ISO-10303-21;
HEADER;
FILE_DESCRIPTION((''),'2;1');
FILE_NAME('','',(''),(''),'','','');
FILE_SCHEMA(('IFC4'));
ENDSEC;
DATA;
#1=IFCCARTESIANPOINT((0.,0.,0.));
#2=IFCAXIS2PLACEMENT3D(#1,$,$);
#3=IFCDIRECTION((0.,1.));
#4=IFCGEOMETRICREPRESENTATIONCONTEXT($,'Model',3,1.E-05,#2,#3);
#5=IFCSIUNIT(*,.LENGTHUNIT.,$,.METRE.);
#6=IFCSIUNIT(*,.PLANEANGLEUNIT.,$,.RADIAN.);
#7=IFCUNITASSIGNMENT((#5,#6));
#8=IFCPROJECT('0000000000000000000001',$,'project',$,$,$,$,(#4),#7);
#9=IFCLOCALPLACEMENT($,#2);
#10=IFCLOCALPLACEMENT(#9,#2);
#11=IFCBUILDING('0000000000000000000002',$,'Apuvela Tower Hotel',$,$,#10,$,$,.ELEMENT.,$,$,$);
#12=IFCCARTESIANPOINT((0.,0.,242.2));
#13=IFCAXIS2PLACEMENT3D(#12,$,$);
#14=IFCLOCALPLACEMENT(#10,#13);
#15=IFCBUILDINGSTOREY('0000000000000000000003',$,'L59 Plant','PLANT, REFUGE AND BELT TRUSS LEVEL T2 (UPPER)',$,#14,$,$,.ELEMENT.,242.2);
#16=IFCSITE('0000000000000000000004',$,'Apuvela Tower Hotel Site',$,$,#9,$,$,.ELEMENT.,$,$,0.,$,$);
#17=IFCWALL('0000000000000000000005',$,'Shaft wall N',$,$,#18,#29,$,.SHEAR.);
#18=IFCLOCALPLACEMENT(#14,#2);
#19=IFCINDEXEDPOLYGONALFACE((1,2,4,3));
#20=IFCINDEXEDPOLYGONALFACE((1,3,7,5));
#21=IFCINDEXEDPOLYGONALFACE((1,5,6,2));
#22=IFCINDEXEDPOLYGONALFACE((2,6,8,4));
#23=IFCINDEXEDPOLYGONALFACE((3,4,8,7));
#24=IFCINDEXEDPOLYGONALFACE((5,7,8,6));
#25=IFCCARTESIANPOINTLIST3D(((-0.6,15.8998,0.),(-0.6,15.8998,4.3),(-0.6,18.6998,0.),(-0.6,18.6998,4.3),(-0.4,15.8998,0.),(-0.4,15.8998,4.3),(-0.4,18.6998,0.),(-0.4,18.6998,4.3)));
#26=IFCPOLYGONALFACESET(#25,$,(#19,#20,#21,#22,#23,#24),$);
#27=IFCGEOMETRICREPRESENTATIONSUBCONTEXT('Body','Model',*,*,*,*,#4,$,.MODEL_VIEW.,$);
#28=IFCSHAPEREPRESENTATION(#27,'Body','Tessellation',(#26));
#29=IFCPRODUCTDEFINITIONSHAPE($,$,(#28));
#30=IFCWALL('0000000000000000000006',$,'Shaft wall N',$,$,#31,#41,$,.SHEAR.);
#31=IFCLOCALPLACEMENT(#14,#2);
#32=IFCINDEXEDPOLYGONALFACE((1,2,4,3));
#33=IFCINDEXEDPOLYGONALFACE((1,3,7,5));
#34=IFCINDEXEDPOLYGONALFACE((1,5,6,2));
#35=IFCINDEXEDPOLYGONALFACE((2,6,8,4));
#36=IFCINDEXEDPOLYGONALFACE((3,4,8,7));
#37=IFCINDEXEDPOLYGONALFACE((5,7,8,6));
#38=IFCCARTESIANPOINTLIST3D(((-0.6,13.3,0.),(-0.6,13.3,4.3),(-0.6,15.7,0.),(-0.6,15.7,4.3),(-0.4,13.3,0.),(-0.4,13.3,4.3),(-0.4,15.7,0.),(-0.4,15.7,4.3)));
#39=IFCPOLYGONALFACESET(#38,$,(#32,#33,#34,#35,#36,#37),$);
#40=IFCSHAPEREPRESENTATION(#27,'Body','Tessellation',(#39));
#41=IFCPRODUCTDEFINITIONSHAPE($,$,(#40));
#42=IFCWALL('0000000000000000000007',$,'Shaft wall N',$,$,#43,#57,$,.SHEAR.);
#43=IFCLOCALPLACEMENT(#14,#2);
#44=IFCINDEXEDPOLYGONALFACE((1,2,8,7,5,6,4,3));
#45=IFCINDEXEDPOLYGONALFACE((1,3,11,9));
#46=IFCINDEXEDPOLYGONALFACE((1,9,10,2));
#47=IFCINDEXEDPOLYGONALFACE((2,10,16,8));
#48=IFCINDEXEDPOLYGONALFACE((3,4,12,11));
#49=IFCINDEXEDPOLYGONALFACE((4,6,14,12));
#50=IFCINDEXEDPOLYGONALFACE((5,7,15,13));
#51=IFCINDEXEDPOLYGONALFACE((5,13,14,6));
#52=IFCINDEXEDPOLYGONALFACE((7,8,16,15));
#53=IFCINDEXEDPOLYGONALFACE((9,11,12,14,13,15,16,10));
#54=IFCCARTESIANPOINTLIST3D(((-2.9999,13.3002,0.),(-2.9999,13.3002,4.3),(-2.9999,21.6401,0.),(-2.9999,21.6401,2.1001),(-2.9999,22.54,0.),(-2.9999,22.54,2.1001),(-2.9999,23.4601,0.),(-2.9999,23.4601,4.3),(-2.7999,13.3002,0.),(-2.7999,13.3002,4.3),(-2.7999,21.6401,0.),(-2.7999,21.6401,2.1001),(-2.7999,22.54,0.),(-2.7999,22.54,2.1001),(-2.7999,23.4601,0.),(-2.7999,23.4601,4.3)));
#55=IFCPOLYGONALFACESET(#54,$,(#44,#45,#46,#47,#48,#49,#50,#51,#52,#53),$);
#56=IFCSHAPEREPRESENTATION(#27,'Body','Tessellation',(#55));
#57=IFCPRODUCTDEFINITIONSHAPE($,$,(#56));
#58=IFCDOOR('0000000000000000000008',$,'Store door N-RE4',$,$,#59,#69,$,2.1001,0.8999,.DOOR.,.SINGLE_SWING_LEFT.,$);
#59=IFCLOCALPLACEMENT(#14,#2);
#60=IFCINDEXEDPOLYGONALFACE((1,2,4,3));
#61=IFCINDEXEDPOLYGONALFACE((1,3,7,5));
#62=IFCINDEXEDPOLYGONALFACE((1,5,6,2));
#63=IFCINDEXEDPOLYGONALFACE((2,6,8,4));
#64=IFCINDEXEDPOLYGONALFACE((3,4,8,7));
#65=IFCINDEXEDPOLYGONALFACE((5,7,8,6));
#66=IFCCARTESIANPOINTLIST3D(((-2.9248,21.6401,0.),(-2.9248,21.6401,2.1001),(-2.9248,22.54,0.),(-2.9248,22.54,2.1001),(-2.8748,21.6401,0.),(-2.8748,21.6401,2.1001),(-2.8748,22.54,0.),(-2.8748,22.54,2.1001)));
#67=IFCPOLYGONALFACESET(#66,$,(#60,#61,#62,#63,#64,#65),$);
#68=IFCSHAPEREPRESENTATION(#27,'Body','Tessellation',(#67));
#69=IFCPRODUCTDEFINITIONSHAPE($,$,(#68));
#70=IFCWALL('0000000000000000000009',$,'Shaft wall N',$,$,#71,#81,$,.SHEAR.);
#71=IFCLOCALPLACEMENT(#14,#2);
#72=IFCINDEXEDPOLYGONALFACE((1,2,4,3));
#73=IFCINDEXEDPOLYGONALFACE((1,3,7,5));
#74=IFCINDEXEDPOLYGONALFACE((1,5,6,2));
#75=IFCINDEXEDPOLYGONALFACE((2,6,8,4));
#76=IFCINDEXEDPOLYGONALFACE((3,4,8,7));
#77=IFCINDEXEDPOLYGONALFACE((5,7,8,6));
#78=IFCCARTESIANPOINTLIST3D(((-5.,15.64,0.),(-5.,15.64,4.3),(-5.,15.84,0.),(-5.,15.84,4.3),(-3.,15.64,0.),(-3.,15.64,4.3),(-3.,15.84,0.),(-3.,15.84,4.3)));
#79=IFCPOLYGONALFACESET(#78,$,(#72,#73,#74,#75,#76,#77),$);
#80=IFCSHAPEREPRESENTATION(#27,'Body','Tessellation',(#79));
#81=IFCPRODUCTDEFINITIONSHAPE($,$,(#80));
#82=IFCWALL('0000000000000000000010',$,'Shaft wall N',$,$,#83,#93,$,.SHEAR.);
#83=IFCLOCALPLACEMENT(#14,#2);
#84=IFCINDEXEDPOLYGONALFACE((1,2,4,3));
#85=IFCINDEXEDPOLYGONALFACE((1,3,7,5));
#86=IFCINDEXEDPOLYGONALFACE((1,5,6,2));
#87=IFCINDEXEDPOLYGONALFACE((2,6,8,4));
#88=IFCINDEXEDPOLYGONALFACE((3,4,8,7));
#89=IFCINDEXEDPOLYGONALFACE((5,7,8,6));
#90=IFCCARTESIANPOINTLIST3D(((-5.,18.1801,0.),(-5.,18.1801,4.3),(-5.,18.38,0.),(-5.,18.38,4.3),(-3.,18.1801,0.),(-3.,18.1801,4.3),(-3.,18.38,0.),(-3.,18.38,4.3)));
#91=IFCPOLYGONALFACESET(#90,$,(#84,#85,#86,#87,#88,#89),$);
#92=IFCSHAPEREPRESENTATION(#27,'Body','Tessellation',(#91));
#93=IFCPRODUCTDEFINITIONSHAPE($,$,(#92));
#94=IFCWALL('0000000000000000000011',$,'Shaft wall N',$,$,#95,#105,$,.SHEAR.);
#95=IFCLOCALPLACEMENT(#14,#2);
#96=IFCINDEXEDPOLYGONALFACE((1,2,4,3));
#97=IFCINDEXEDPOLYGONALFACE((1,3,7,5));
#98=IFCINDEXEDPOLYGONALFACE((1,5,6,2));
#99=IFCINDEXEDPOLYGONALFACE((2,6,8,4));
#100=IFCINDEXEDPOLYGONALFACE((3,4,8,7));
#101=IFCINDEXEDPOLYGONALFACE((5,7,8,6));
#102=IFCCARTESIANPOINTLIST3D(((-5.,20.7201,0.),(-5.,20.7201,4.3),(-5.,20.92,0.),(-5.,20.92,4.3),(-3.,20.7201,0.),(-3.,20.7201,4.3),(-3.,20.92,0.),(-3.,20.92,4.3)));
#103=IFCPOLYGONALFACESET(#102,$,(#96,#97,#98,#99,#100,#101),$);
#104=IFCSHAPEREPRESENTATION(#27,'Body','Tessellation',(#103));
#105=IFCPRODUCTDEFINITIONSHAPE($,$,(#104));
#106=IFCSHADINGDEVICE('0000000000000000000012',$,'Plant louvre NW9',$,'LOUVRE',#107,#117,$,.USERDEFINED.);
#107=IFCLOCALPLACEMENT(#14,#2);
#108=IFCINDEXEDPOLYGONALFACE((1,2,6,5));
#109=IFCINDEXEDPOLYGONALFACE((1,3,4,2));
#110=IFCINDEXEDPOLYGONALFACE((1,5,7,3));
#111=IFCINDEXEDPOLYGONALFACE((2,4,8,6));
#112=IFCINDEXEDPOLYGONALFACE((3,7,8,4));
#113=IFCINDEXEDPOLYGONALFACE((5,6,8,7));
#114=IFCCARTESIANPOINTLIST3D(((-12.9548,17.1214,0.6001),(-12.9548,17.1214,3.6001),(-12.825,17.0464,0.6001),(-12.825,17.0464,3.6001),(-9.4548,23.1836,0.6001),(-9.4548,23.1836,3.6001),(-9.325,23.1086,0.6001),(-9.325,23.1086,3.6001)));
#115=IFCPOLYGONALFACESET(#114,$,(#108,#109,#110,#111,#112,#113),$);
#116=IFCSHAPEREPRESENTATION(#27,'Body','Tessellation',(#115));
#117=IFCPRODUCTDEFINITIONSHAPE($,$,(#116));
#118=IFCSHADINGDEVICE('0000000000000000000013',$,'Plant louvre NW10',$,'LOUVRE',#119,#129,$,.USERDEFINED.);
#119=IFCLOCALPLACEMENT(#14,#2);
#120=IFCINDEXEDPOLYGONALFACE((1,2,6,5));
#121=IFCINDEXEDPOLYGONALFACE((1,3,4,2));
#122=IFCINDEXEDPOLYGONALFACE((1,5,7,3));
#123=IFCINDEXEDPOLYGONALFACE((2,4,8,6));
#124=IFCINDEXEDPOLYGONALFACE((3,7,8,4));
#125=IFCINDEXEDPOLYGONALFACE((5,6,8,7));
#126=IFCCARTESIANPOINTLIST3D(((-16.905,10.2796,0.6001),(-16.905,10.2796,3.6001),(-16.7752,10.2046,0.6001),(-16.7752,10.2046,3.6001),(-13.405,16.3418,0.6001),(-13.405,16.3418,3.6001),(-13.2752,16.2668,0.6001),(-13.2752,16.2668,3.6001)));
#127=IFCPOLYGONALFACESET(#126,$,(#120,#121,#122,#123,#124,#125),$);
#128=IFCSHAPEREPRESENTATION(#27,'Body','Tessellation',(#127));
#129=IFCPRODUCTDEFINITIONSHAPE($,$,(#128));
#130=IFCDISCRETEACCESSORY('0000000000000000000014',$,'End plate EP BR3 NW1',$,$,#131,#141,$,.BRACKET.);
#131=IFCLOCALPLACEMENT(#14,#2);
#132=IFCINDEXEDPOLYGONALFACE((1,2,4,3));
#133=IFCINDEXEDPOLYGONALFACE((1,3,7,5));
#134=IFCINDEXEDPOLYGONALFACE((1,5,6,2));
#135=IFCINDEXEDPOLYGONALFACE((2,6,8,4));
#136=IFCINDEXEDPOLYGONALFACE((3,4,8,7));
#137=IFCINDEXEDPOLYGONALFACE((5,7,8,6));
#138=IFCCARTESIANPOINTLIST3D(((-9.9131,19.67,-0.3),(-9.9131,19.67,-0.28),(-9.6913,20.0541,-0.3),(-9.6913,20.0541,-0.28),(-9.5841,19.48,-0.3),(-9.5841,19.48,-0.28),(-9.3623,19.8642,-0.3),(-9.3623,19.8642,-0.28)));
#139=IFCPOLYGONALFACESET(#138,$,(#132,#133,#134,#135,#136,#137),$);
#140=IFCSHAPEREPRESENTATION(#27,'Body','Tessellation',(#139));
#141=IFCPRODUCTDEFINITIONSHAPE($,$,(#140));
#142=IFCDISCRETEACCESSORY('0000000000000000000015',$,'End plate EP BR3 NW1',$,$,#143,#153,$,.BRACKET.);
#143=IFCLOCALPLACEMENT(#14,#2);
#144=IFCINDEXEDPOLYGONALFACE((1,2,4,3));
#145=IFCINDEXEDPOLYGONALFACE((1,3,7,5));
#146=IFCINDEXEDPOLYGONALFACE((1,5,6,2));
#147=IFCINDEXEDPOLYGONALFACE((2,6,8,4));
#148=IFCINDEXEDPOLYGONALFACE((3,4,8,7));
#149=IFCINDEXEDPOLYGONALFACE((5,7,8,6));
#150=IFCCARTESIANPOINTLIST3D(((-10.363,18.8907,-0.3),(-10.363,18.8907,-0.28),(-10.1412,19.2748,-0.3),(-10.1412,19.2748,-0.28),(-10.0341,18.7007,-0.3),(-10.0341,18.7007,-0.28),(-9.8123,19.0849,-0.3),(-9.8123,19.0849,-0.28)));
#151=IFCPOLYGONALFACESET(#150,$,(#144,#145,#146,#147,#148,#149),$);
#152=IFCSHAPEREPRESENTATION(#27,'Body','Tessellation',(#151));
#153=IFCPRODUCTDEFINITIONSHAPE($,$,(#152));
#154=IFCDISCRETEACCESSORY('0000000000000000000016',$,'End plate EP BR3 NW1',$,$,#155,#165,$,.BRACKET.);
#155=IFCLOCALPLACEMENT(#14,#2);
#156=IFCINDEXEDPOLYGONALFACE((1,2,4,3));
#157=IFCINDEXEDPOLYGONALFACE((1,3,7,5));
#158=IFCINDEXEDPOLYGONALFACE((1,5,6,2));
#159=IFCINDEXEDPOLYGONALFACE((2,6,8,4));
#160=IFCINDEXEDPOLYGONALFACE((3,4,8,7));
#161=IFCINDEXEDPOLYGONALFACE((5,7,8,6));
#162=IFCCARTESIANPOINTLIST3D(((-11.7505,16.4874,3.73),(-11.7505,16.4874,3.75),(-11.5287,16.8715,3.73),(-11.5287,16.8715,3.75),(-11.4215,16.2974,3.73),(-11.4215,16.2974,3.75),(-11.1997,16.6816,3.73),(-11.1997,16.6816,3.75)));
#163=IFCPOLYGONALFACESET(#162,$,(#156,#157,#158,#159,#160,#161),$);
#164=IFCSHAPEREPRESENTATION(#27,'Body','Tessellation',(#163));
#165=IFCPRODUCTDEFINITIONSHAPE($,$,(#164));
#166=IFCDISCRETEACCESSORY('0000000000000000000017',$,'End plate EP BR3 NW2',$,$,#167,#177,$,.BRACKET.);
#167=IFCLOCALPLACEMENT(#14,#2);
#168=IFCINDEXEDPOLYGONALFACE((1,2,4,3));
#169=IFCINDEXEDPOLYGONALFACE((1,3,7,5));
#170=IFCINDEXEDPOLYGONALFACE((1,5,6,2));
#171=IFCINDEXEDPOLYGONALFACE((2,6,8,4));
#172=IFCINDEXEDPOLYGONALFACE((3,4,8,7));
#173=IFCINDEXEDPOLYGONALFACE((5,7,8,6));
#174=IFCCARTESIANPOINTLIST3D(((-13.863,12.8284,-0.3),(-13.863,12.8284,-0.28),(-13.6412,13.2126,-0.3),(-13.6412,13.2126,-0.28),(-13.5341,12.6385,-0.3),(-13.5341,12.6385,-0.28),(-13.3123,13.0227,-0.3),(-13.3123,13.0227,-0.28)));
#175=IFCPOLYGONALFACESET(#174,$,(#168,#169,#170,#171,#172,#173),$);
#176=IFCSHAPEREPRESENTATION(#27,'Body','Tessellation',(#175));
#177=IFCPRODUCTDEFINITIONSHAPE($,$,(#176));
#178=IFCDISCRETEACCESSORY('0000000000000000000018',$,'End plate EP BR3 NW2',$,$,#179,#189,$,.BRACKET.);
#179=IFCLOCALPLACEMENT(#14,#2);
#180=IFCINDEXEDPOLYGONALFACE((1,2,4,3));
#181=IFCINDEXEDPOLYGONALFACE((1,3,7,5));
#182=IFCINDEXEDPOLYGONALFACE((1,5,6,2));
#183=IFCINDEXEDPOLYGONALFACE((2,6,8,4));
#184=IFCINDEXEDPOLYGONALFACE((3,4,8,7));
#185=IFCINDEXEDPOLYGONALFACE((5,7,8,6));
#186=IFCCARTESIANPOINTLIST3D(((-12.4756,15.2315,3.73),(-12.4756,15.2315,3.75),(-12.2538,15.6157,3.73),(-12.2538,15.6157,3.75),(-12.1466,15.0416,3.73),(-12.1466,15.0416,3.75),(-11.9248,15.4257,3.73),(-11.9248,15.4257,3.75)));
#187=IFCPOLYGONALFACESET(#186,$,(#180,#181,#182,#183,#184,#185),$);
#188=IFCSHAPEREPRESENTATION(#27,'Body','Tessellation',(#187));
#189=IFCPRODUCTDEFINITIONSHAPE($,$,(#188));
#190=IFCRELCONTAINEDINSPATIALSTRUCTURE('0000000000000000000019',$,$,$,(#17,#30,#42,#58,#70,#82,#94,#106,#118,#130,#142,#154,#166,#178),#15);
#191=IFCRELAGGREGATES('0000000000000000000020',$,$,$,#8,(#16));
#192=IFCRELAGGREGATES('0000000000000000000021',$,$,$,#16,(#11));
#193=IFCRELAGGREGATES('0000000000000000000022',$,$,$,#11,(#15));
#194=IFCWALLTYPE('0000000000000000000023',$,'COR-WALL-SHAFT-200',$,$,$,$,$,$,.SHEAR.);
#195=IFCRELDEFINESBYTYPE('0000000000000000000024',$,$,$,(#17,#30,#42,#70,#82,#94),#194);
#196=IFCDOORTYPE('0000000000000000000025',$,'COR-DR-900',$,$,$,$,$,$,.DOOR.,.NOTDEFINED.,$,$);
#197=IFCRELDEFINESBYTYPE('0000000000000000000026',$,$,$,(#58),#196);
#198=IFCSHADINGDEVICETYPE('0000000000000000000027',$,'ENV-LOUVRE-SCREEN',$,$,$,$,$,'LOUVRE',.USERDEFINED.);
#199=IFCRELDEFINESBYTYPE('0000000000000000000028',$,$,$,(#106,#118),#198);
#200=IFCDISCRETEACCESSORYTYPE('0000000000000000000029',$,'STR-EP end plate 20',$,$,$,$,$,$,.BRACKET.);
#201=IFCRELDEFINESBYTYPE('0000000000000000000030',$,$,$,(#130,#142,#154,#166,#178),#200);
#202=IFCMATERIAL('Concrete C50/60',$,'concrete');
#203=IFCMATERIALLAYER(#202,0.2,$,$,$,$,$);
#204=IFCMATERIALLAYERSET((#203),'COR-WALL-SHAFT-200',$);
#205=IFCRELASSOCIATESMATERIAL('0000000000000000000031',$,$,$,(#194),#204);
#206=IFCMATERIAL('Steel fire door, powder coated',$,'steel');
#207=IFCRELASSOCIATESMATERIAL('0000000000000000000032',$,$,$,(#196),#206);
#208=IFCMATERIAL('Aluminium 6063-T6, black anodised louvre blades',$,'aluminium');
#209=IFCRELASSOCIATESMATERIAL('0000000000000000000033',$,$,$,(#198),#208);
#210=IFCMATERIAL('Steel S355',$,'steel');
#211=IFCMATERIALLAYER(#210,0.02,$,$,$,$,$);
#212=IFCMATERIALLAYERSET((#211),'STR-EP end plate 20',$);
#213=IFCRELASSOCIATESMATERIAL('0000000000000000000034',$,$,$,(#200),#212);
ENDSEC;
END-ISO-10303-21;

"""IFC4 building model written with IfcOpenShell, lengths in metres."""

from ifc_helpers import new_model, si_unit, direction, frame, frame_2d, origin, origin_2d, place, context, subcontext, project, spatial, rectangle, extrude, material, layer, layer_set, type_object, element, fill, save


model = new_model("IFC4")

# Units and contexts
model_context = context("Model", 3, precision=1e-05, world=origin(), true_north=direction((0.0, 1.0)))
body_context = subcontext(model_context, "Body", "Model", "MODEL_VIEW")
ifc_project = project(units=[si_unit("LENGTHUNIT", "METRE"), si_unit("PLANEANGLEUNIT", "RADIAN")], contexts=[model_context])

# Site, building, storey
site_placement = place(None, origin())
site = spatial("IfcSite", under=ifc_project, at=site_placement, Name="Apuvela Tower Hotel Site", CompositionType="ELEMENT", RefElevation=0.0)
building_placement = place(site_placement, origin())
building = spatial("IfcBuilding", under=site, at=building_placement, Name="Apuvela Tower Hotel", CompositionType="ELEMENT")
storey_placement = place(building_placement, frame((0.0, 0.0, 242.2)))
storey = spatial("IfcBuildingStorey", under=building, at=storey_placement, Name="L59 Plant", Description="PLANT, REFUGE AND BELT TRUSS LEVEL T2 (UPPER)", CompositionType="ELEMENT", Elevation=242.2)

# Shared definitions
ifc_material_1 = material(Name="Steel S355", Category="steel")

# Walls
ifc_material_2 = material(Name="Concrete C50/60", Category="concrete")
ifc_layer_1 = layer(ifc_material_2, 0.2)
ifc_layer_set_1 = layer_set([ifc_layer_1], Name="COR-WALL-SHAFT-200")
wall_type = type_object("IfcWallType", Name="COR-WALL-SHAFT-200", PredefinedType="SHEAR", material=ifc_layer_set_1)
wall_1_placement = place(storey_placement, frame((-0.5, 15.8999, 0.0), z_axis=(0.0, 0.0, 1.0), x_axis=(0.0, 1.0, 0.0)))
element("IfcWall", 1, at=wall_1_placement, inside=storey, type_object=wall_type, Name="Shaft wall N", PredefinedType="SHEAR", context=body_context, shape_type="SweptSolid", body=[
    extrude(rectangle(XDim=2.8, YDim=0.2, at=frame_2d((1.3999, 0.0))), origin(), (0.0, 0.0, 1.0), 4.3),
])
wall_2_placement = place(storey_placement, frame((-0.5, 13.3, 0.0), z_axis=(0.0, 0.0, 1.0), x_axis=(0.0, 1.0, 0.0)))
element("IfcWall", 2, at=wall_2_placement, inside=storey, type_object=wall_type, Name="Shaft wall N", PredefinedType="SHEAR", context=body_context, shape_type="SweptSolid", body=[
    extrude(rectangle(XDim=2.3999, YDim=0.2, at=frame_2d((1.2, 0.0))), origin(), (0.0, 0.0, 1.0), 4.3),
])

# Wall, opening, door
wall_3_placement = place(storey_placement, frame((-2.8999, 13.3, 0.0), z_axis=(0.0, 0.0, 1.0), x_axis=(0.0, 1.0, 0.0)))
wall_3 = element("IfcWall", 3, at=wall_3_placement, inside=storey, type_object=wall_type, Name="Shaft wall N", PredefinedType="SHEAR", context=body_context, shape_type="SweptSolid", body=[
    extrude(rectangle(XDim=10.1599, YDim=0.2, at=frame_2d((5.0801, 0.0))), origin(), (0.0, 0.0, 1.0), 4.3),
])
opening_placement = place(wall_3_placement, frame((8.3401, 0.0, 0.0)))
opening = element("IfcOpeningElement", 4, at=opening_placement, cuts=wall_3, PredefinedType="OPENING", context=body_context, shape_type="SweptSolid", body=[
    extrude(rectangle(XDim=0.8999, YDim=2.1001, at=frame_2d((0.45, 1.05))), frame((0.0, 0.1099, 0.0), z_axis=(0.0, -1.0, 0.0), x_axis=(1.0, 0.0, 0.0)), (0.0, 0.0, 1.0), 0.22),
])
ifc_material_3 = material(Name="Steel fire door, powder coated", Category="steel")
door_type = type_object("IfcDoorType", Name="COR-DR-900", OperationType="NOTDEFINED", PredefinedType="DOOR", material=ifc_material_3)
door_placement = place(opening_placement, origin())
door = element("IfcDoor", 5, at=door_placement, inside=storey, type_object=door_type, Name="Store door N-RE4", OperationType="SINGLE_SWING_LEFT", OverallHeight=2.1001, OverallWidth=0.8999, PredefinedType="DOOR", context=body_context, shape_type="SweptSolid", body=[
    extrude(rectangle(XDim=0.8999, YDim=2.1001, at=frame_2d((0.45, 1.05))), frame((0.0, 0.0249, 0.0), z_axis=(0.0, -1.0, 0.0), x_axis=(1.0, 0.0, 0.0)), (0.0, 0.0, 1.0), 0.05),
])
fill(opening, door)

# Walls
for number, where, z_axis, x_axis, name in (
    (6, (-3.0, 15.74, 0.0), (0.0, 0.0, 1.0), (-1.0, 0.0, 0.0), "Shaft wall N"),
    (7, (-3.0, 18.28, 0.0), (0.0, 0.0, 1.0), (-1.0, 0.0, 0.0), "Shaft wall N"),
    (8, (-3.0, 20.8201, 0.0), (0.0, 0.0, 1.0), (-1.0, 0.0, 0.0), "Shaft wall N"),
):
    element("IfcWall", number, at=place(storey_placement, frame(where, z_axis=z_axis, x_axis=x_axis)), inside=storey, type_object=wall_type, Name=name, PredefinedType="SHEAR", context=body_context, shape_type="SweptSolid", body=[
        extrude(rectangle(XDim=2.0, YDim=0.2, at=frame_2d((1.0, 0.0))), origin(), (0.0, 0.0, 1.0), 4.3),
    ])

# Shading devices
ifc_material_4 = material(Name="Aluminium 6063-T6, black anodised louvre blades", Category="aluminium")
shading_device_type = type_object("IfcShadingDeviceType", Name="ENV-LOUVRE-SCREEN", ElementType="LOUVRE", PredefinedType="USERDEFINED", material=ifc_material_4)
for number, where, z_axis, x_axis, name in (
    (9, (-11.1399, 20.115, 0.6001), (0.0, 0.0, 1.0), (-0.5, -0.866025, 0.0), "Plant louvre NW9"),
    (10, (-15.0901, 13.2732, 0.6001), (0.0, 0.0, 1.0), (-0.5, -0.866025, 0.0), "Plant louvre NW10"),
):
    element("IfcShadingDevice", number, at=place(storey_placement, frame(where, z_axis=z_axis, x_axis=x_axis)), inside=storey, type_object=shading_device_type, Name=name, ObjectType="LOUVRE", PredefinedType="USERDEFINED", context=body_context, shape_type="SweptSolid", body=[
        extrude(rectangle(XDim=7.0, YDim=0.1499, at=origin_2d()), origin(), (0.0, 0.0, 1.0), 3.0),
    ])

# Discrete accessories
ifc_layer_2 = layer(ifc_material_1, 0.02)
ifc_layer_set_2 = layer_set([ifc_layer_2], Name="STR-EP end plate 20")
discrete_accessory_type = type_object("IfcDiscreteAccessoryType", Name="STR-EP end plate 20", PredefinedType="BRACKET", material=ifc_layer_set_2)
for number, where, z_axis, x_axis, name in (
    (11, (-9.6377, 19.7671, -0.3), (0.0, 0.0, 1.0), (0.5, 0.866025, 0.0), "End plate EP BR3 NW1"),
    (12, (-10.0876, 18.9878, -0.3), (0.0, 0.0, 1.0), (-0.5, -0.866025, 0.0), "End plate EP BR3 NW1"),
    (13, (-11.4751, 16.5845, 3.73), (0.0, 0.0, 1.0), (-0.5, -0.866025, 0.0), "End plate EP BR3 NW1"),
    (14, (-13.5876, 12.9255, -0.3), (0.0, 0.0, 1.0), (0.5, 0.866025, 0.0), "End plate EP BR3 NW2"),
    (15, (-12.2002, 15.3286, 3.73), (0.0, 0.0, 1.0), (0.5, 0.866025, 0.0), "End plate EP BR3 NW2"),
):
    element("IfcDiscreteAccessory", number, at=place(storey_placement, frame(where, z_axis=z_axis, x_axis=x_axis)), inside=storey, type_object=discrete_accessory_type, Name=name, PredefinedType="BRACKET", context=body_context, shape_type="SweptSolid", body=[
        extrude(rectangle(XDim=0.4436, YDim=0.3799, at=origin_2d()), origin(), (0.0, 0.0, 1.0), 0.02),
    ])

save(model, "model.ifc")
